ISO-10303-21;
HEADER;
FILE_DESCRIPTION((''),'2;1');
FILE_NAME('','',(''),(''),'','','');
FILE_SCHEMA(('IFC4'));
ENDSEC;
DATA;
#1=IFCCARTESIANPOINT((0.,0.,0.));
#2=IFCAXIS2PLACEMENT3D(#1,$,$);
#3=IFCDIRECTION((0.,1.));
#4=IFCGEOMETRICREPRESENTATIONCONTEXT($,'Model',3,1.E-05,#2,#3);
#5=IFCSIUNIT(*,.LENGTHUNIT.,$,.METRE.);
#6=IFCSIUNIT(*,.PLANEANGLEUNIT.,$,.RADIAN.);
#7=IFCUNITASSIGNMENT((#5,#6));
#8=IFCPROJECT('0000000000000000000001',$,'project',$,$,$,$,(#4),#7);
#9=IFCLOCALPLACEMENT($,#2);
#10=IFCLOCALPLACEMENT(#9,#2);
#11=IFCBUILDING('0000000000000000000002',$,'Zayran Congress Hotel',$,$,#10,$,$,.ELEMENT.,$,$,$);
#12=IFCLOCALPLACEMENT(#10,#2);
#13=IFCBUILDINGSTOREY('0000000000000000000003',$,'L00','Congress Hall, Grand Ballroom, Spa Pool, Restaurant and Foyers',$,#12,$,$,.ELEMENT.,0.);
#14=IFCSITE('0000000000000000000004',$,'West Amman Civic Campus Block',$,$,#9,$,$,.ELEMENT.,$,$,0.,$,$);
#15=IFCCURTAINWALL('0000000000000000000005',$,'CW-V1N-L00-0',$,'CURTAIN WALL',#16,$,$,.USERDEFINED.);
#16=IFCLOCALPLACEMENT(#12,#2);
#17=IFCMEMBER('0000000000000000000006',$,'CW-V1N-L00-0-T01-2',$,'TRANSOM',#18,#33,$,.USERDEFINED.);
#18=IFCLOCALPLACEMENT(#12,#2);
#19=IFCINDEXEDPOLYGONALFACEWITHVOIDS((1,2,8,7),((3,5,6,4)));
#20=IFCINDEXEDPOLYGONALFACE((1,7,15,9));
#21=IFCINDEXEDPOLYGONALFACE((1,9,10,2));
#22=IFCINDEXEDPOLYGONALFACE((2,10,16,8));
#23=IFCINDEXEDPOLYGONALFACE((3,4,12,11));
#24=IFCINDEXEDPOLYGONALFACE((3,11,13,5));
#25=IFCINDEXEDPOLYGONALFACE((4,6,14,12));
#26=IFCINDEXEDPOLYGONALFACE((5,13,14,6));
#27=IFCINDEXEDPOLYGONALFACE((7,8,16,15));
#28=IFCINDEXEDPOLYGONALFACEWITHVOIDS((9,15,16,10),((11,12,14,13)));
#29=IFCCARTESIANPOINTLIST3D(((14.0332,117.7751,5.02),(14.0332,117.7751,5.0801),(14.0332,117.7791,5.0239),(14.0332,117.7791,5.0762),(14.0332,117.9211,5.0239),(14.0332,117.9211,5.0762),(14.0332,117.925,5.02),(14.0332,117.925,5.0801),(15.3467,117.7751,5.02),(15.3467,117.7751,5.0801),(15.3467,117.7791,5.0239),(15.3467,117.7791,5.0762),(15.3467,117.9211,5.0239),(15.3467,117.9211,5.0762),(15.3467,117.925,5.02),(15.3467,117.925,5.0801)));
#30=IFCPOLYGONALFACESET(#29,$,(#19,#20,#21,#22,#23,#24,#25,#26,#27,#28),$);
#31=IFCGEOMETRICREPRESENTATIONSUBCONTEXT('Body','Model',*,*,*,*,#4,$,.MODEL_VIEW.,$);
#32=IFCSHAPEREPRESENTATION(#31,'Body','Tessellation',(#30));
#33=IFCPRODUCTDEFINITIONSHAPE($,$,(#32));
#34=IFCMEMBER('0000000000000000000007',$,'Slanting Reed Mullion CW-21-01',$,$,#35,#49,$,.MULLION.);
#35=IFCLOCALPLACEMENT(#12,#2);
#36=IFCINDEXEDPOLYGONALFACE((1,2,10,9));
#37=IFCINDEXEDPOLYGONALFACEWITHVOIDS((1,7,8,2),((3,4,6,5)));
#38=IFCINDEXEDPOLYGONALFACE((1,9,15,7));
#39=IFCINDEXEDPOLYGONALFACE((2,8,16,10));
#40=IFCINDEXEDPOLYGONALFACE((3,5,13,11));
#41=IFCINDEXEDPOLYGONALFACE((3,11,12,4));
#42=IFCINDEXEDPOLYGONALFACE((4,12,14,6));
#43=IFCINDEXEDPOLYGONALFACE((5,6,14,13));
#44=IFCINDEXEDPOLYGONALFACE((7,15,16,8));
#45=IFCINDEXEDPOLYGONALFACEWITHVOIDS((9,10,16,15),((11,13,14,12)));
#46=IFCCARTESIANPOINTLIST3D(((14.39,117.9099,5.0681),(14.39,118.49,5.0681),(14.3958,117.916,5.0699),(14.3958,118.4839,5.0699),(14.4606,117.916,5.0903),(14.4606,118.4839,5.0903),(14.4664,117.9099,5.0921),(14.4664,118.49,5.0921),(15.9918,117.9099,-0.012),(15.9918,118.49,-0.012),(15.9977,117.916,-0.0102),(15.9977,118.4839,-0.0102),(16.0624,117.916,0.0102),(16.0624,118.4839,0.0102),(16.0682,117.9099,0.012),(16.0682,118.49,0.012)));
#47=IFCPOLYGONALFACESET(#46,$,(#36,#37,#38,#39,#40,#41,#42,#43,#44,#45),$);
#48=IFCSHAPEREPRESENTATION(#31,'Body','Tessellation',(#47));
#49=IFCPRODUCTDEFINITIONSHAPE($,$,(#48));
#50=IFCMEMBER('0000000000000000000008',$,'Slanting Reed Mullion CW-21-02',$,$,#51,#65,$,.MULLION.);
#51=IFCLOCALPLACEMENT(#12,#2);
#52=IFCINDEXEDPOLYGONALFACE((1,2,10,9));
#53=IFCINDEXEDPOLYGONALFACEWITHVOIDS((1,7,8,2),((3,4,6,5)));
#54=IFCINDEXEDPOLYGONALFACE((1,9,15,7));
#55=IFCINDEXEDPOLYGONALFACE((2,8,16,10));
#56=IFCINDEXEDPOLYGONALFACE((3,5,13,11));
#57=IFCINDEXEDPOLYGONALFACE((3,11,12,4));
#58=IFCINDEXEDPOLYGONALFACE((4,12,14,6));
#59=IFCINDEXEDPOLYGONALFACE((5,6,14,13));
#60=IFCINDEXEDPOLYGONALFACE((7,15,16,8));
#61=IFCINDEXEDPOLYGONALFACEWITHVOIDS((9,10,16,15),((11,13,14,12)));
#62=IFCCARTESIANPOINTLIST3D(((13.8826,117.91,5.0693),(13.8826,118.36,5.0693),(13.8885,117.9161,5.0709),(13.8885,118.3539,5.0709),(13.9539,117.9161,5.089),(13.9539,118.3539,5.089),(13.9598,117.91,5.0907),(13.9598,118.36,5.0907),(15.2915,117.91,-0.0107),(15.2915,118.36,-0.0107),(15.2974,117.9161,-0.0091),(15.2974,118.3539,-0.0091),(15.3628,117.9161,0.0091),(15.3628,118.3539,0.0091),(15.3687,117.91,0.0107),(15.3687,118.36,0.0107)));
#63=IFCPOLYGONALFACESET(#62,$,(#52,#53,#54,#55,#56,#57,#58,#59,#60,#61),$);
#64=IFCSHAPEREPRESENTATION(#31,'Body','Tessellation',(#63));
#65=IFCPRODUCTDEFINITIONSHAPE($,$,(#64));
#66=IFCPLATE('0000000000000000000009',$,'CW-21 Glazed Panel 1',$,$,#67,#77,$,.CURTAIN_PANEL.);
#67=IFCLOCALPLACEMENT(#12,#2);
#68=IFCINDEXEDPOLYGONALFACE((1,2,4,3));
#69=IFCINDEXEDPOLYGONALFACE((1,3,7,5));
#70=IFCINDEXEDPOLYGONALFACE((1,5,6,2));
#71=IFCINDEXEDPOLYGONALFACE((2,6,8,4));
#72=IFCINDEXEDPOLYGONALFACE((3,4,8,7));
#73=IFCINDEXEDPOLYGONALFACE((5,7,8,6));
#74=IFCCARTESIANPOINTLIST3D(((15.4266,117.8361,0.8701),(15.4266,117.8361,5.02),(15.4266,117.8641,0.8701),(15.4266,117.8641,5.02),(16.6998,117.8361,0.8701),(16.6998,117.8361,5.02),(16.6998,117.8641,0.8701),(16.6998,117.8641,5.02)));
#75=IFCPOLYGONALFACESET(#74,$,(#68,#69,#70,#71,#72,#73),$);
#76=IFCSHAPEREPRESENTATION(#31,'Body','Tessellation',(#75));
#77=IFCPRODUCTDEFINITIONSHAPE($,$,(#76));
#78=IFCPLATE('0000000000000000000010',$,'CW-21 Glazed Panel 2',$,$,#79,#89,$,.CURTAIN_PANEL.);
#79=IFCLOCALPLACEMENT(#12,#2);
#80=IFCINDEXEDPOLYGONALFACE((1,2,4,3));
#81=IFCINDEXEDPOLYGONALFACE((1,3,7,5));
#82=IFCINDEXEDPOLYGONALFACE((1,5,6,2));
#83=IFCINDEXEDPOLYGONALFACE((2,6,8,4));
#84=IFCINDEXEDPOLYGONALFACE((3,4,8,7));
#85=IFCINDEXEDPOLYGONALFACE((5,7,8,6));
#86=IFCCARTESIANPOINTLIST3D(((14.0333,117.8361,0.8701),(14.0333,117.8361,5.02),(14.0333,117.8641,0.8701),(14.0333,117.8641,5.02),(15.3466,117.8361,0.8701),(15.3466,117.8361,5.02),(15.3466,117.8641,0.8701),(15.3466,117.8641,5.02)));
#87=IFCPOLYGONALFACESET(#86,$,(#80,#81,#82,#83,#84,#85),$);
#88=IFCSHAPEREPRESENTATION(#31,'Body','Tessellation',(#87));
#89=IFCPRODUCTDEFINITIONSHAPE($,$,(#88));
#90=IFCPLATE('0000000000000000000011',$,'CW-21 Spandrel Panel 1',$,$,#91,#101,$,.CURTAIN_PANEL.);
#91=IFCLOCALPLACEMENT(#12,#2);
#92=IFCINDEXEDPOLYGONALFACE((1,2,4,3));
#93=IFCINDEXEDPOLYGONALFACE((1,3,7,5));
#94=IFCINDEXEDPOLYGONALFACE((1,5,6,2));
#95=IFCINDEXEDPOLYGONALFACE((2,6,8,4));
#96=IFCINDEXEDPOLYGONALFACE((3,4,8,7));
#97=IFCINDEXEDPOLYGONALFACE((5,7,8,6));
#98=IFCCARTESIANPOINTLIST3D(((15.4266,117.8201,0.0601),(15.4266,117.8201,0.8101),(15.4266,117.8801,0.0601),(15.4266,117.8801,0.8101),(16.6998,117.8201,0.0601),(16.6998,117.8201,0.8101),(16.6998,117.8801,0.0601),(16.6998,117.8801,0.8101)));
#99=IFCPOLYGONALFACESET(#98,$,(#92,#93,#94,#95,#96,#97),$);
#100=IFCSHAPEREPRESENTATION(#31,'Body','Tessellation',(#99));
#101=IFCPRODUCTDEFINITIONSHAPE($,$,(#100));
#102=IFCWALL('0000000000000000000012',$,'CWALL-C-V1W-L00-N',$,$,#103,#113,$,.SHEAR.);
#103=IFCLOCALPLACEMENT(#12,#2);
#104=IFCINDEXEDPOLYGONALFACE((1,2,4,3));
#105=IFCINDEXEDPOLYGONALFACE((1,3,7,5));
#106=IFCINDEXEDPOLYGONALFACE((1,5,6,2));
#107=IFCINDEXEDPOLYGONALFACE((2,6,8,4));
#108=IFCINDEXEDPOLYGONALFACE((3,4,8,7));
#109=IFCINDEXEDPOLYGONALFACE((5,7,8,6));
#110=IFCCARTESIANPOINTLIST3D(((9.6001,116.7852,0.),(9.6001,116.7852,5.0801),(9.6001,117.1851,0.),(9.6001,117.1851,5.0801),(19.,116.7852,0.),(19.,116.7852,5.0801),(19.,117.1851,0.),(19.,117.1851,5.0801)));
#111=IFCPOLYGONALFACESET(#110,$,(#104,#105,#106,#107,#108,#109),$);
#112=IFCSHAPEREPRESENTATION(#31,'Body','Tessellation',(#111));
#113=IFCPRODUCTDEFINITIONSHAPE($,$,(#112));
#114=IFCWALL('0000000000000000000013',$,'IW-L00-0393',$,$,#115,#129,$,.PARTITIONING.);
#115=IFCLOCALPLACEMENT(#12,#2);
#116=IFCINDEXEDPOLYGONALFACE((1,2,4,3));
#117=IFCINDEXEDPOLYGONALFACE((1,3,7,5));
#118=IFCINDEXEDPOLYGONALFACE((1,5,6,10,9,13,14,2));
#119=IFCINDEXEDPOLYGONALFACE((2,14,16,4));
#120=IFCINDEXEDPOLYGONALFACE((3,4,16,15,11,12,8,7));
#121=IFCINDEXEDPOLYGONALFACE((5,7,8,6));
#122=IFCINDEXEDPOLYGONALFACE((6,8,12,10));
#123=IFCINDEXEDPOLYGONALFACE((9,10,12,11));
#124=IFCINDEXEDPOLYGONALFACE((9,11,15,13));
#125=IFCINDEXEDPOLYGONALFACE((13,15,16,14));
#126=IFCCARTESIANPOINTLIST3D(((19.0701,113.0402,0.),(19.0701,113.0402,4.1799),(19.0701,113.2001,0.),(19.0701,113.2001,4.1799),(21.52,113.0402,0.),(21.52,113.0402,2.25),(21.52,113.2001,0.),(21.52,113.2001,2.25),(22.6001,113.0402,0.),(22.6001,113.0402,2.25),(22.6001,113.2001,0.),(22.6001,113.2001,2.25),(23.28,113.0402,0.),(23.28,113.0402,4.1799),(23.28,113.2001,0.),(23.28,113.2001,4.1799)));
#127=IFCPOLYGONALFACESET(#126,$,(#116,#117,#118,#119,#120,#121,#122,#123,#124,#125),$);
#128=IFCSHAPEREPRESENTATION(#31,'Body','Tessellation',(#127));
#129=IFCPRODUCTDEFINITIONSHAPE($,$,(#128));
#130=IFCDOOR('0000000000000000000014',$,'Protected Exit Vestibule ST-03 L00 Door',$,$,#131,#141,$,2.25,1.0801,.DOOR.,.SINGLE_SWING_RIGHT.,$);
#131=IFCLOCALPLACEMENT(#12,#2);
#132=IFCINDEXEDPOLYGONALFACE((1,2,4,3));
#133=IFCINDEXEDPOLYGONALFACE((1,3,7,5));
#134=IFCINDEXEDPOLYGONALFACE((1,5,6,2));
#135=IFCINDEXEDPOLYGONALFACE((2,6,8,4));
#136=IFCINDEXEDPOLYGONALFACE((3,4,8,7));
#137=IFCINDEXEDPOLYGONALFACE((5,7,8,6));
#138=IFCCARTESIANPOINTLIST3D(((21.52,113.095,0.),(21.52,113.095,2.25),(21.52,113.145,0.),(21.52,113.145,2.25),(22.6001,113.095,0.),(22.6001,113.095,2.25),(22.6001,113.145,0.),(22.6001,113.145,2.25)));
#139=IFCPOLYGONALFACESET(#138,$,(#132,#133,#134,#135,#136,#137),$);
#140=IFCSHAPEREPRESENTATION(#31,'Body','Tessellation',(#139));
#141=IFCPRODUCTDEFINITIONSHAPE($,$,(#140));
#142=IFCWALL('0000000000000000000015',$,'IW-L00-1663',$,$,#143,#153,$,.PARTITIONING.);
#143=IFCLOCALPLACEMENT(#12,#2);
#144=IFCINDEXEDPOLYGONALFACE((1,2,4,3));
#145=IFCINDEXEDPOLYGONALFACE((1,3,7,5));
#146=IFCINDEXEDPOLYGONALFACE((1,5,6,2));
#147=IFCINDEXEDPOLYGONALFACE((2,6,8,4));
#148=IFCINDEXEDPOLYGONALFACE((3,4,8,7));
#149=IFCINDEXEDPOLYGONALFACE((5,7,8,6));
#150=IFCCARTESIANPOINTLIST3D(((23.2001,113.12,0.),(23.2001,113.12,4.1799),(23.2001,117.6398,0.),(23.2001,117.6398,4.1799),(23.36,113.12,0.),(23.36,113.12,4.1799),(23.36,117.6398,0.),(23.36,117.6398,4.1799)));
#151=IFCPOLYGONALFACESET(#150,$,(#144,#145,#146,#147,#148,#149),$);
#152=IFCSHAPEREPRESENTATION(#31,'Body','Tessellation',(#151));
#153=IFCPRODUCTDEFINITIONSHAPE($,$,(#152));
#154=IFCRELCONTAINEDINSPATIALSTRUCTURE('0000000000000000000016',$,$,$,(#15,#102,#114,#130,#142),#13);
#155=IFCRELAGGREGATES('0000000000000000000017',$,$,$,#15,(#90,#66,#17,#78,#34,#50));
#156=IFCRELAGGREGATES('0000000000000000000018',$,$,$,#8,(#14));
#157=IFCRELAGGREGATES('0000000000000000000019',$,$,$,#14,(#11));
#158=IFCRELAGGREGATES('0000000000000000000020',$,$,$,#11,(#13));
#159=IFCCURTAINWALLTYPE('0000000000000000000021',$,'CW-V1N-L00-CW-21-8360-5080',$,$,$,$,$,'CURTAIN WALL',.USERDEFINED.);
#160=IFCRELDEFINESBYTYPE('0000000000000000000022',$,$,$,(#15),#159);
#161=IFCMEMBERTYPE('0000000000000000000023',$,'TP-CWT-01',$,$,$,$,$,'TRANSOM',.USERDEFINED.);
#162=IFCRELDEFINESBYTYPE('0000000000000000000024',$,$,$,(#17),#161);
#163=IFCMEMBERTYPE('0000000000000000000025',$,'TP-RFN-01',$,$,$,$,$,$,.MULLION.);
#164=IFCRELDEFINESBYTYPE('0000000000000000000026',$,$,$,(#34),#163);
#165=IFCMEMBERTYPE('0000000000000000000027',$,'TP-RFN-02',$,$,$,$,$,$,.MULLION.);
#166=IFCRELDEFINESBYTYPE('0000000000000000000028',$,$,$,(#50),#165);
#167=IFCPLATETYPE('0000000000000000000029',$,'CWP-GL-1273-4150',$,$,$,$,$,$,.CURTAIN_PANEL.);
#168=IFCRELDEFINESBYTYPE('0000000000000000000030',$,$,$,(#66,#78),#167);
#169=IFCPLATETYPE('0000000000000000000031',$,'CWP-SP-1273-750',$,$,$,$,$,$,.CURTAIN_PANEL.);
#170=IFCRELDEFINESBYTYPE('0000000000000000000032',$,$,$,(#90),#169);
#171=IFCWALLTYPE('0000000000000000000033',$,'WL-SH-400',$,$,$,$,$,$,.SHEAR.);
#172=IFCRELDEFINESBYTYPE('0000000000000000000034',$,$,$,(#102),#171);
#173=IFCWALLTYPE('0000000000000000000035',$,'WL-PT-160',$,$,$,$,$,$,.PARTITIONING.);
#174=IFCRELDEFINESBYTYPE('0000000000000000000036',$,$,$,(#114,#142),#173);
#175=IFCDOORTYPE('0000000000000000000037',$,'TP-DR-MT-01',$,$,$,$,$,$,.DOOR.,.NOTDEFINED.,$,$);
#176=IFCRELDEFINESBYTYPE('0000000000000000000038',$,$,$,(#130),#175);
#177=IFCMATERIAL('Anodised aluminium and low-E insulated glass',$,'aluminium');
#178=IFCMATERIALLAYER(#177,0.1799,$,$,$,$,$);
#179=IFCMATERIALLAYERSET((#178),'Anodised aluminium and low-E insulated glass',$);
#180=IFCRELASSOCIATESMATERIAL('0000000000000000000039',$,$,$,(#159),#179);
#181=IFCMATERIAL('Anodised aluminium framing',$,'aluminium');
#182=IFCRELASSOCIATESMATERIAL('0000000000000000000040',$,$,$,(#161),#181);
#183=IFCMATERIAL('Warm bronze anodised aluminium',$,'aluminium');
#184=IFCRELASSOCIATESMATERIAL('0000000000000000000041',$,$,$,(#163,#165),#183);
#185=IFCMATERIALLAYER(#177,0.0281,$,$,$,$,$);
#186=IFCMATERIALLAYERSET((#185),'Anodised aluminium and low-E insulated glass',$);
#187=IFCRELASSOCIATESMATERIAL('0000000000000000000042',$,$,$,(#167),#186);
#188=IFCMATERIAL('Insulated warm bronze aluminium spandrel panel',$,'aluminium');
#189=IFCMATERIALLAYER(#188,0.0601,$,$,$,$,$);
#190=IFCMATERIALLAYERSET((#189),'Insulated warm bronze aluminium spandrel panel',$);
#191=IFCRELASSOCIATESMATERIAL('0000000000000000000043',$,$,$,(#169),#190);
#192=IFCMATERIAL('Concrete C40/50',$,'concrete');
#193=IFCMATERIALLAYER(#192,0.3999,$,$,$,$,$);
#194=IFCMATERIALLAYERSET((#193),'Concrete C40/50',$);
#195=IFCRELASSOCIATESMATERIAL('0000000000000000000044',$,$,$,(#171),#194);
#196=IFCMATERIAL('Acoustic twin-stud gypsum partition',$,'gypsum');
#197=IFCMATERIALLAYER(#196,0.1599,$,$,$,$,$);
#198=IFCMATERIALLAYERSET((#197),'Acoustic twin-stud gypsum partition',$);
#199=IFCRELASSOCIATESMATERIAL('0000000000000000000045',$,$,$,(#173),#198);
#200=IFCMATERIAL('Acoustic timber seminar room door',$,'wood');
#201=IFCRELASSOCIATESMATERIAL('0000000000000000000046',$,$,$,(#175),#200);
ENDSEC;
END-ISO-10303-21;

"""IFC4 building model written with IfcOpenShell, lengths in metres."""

from ifc_helpers import new_model, si_unit, direction, frame, frame_2d, origin, origin_2d, place, context, subcontext, project, spatial, rectangle, hollow_rectangle, extrude, material, layer, layer_set, material_profile, profile_set, type_object, element, fill, aggregate, save


model = new_model("IFC4")

# Units and contexts
model_context = context("Model", 3, precision=1e-05, world=origin(), true_north=direction((0.0, 1.0)))
body_context = subcontext(model_context, "Body", "Model", "MODEL_VIEW")
ifc_project = project(units=[si_unit("LENGTHUNIT", "METRE"), si_unit("PLANEANGLEUNIT", "RADIAN")], contexts=[model_context])

# Site, building, storey
site_placement = place(None, origin())
site = spatial("IfcSite", under=ifc_project, at=site_placement, Name="West Amman Civic Campus Block", CompositionType="ELEMENT", RefElevation=0.0)
building_placement = place(site_placement, origin())
building = spatial("IfcBuilding", under=site, at=building_placement, Name="Zayran Congress Hotel", CompositionType="ELEMENT")
storey_placement = place(building_placement, origin())
storey = spatial("IfcBuildingStorey", under=building, at=storey_placement, Name="L00", Description="Congress Hall, Grand Ballroom, Spa Pool, Restaurant and Foyers", CompositionType="ELEMENT", Elevation=0.0)

# Shared definitions
ifc_material_1 = material(Name="Concrete C40/50", Category="concrete")

# Curtain wall, members, plates
ifc_material_2 = material(Name="Anodised aluminium and low-E insulated glass", Category="aluminium")
ifc_layer_1 = layer(ifc_material_2, 0.1799)
ifc_layer_set_1 = layer_set([ifc_layer_1], Name="Anodised aluminium and low-E insulated glass")
curtain_wall_type = type_object("IfcCurtainWallType", Name="CW-V1N-L00-CW-21-8360-5080", ElementType="CURTAIN WALL", PredefinedType="USERDEFINED", material=ifc_layer_set_1)
curtain_wall_placement = place(storey_placement, origin())
curtain_wall = element("IfcCurtainWall", 1, at=curtain_wall_placement, inside=storey, type_object=curtain_wall_type, Name="CW-V1N-L00-0", ObjectType="CURTAIN WALL", PredefinedType="USERDEFINED")
ifc_material_3 = material(Name="Anodised aluminium framing", Category="aluminium")
ifc_material_profile_1 = material_profile(ifc_material_3, hollow_rectangle(XDim=0.0601, YDim=0.1499, WallThickness=0.0039, at=origin_2d()), Name="RHS 150x60x4")
ifc_profile_set_1 = profile_set([ifc_material_profile_1], Name="Anodised aluminium framing")
member_type_1 = type_object("IfcMemberType", Name="TP-CWT-01", ElementType="TRANSOM", PredefinedType="USERDEFINED", material=ifc_profile_set_1)
member_1_placement = place(storey_placement, frame((15.3467, 117.8501, 5.05), z_axis=(-1.0, 0.0, 0.0), x_axis=(0.0, 0.0, 1.0)))
member_1 = element("IfcMember", 2, at=member_1_placement, type_object=member_type_1, Name="CW-V1N-L00-0-T01-2", ObjectType="TRANSOM", PredefinedType="USERDEFINED", context=body_context, shape_type="SweptSolid", body=[
    extrude(hollow_rectangle(XDim=0.0601, YDim=0.1499, WallThickness=0.0039, at=origin_2d()), origin(), (0.0, 0.0, 1.0), 1.3135),
])
ifc_material_4 = material(Name="Warm bronze anodised aluminium", Category="aluminium")
ifc_material_profile_2 = material_profile(ifc_material_4, hollow_rectangle(XDim=0.0801, YDim=0.5801, WallThickness=0.0061, at=origin_2d()), Name="RHS 580x80x6")
ifc_profile_set_2 = profile_set([ifc_material_profile_2], Name="Warm bronze anodised aluminium")
member_type_2 = type_object("IfcMemberType", Name="TP-RFN-01", PredefinedType="MULLION", material=ifc_profile_set_2)
member_2_placement = place(storey_placement, frame((16.03, 118.2, 0.0), z_axis=(-0.300717, 0.0, 0.953713), x_axis=(0.953713, 0.0, 0.300717)))
member_2 = element("IfcMember", 3, at=member_2_placement, type_object=member_type_2, Name="Slanting Reed Mullion CW-21-01", PredefinedType="MULLION", context=body_context, shape_type="SweptSolid", body=[
    extrude(hollow_rectangle(XDim=0.0801, YDim=0.5801, WallThickness=0.0061, at=origin_2d()), origin(), (0.0, 0.0, 1.0), 5.3267),
])
ifc_material_profile_3 = material_profile(ifc_material_4, hollow_rectangle(XDim=0.0801, YDim=0.45, WallThickness=0.0061, at=origin_2d()), Name="RHS 450x80x6")
ifc_profile_set_3 = profile_set([ifc_material_profile_3], Name="Warm bronze anodised aluminium")
member_type_3 = type_object("IfcMemberType", Name="TP-RFN-02", PredefinedType="MULLION", material=ifc_profile_set_3)
member_3_placement = place(storey_placement, frame((15.3301, 118.135, 0.0), z_axis=(-0.267257, 0.0, 0.963625), x_axis=(0.963625, 0.0, 0.267257)))
member_3 = element("IfcMember", 4, at=member_3_placement, type_object=member_type_3, Name="Slanting Reed Mullion CW-21-02", PredefinedType="MULLION", context=body_context, shape_type="SweptSolid", body=[
    extrude(hollow_rectangle(XDim=0.0801, YDim=0.45, WallThickness=0.0061, at=origin_2d()), origin(), (0.0, 0.0, 1.0), 5.2717),
])
ifc_layer_2 = layer(ifc_material_2, 0.0281)
ifc_layer_set_2 = layer_set([ifc_layer_2], Name="Anodised aluminium and low-E insulated glass")
plate_type_1 = type_object("IfcPlateType", Name="CWP-GL-1273-4150", PredefinedType="CURTAIN_PANEL", material=ifc_layer_set_2)
plate_1_placement = place(storey_placement, frame((16.0632, 117.8501, 0.8701), z_axis=(0.0, 0.0, 1.0), x_axis=(1.0, 0.0, 0.0)))
plate_1 = element("IfcPlate", 5, at=plate_1_placement, type_object=plate_type_1, Name="CW-21 Glazed Panel 1", PredefinedType="CURTAIN_PANEL", context=body_context, shape_type="SweptSolid", body=[
    extrude(rectangle(XDim=1.2732, YDim=0.0281, at=origin_2d()), origin(), (0.0, 0.0, 1.0), 4.1499),
])
plate_2_placement = place(storey_placement, frame((14.6899, 117.8501, 0.8701), z_axis=(0.0, 0.0, 1.0), x_axis=(1.0, 0.0, 0.0)))
plate_2 = element("IfcPlate", 6, at=plate_2_placement, type_object=plate_type_1, Name="CW-21 Glazed Panel 2", PredefinedType="CURTAIN_PANEL", context=body_context, shape_type="SweptSolid", body=[
    extrude(rectangle(XDim=1.3132, YDim=0.0281, at=origin_2d()), origin(), (0.0, 0.0, 1.0), 4.1499),
])
ifc_material_5 = material(Name="Insulated warm bronze aluminium spandrel panel", Category="aluminium")
ifc_layer_3 = layer(ifc_material_5, 0.0601)
ifc_layer_set_3 = layer_set([ifc_layer_3], Name="Insulated warm bronze aluminium spandrel panel")
plate_type_2 = type_object("IfcPlateType", Name="CWP-SP-1273-750", PredefinedType="CURTAIN_PANEL", material=ifc_layer_set_3)
plate_3_placement = place(storey_placement, frame((16.0632, 117.8501, 0.0601), z_axis=(0.0, 0.0, 1.0), x_axis=(1.0, 0.0, 0.0)))
plate_3 = element("IfcPlate", 7, at=plate_3_placement, type_object=plate_type_2, Name="CW-21 Spandrel Panel 1", PredefinedType="CURTAIN_PANEL", context=body_context, shape_type="SweptSolid", body=[
    extrude(rectangle(XDim=1.2732, YDim=0.0601, at=origin_2d()), origin(), (0.0, 0.0, 1.0), 0.75),
])
aggregate(curtain_wall, [plate_3, plate_1, member_1, plate_2, member_2, member_3])

# Wall
ifc_layer_4 = layer(ifc_material_1, 0.3999)
ifc_layer_set_4 = layer_set([ifc_layer_4], Name="Concrete C40/50")
wall_type_1 = type_object("IfcWallType", Name="WL-SH-400", PredefinedType="SHEAR", material=ifc_layer_set_4)
wall_1_placement = place(storey_placement, frame((19.0, 116.9851, 0.0), z_axis=(0.0, 0.0, 1.0), x_axis=(-1.0, 0.0, 0.0)))
element("IfcWall", 8, at=wall_1_placement, inside=storey, type_object=wall_type_1, Name="CWALL-C-V1W-L00-N", PredefinedType="SHEAR", context=body_context, shape_type="SweptSolid", body=[
    extrude(rectangle(XDim=9.3999, YDim=0.3999, at=frame_2d((4.7, 0.0))), origin(), (0.0, 0.0, 1.0), 5.0801),
])

# Wall, opening, door
ifc_material_6 = material(Name="Acoustic twin-stud gypsum partition", Category="gypsum")
ifc_layer_5 = layer(ifc_material_6, 0.1599)
ifc_layer_set_5 = layer_set([ifc_layer_5], Name="Acoustic twin-stud gypsum partition")
wall_type_2 = type_object("IfcWallType", Name="WL-PT-160", PredefinedType="PARTITIONING", material=ifc_layer_set_5)
wall_2_placement = place(storey_placement, frame((19.0701, 113.1201, 0.0), z_axis=(0.0, 0.0, 1.0), x_axis=(1.0, 0.0, 0.0)))
wall_2 = element("IfcWall", 9, at=wall_2_placement, inside=storey, type_object=wall_type_2, Name="IW-L00-0393", PredefinedType="PARTITIONING", context=body_context, shape_type="SweptSolid", body=[
    extrude(rectangle(XDim=4.21, YDim=0.1599, at=frame_2d((2.105, 0.0))), origin(), (0.0, 0.0, 1.0), 4.1799),
])
opening_1_placement = place(wall_2_placement, frame((2.45, 0.0, 0.0)))
opening_1 = element("IfcOpeningElement", 10, at=opening_1_placement, cuts=wall_2, PredefinedType="OPENING", context=body_context, shape_type="SweptSolid", body=[
    extrude(rectangle(XDim=1.0801, YDim=2.25, at=frame_2d((0.54, 1.125))), frame((0.0, 0.0898, 0.0), z_axis=(0.0, -1.0, 0.0), x_axis=(1.0, 0.0, 0.0)), (0.0, 0.0, 1.0), 0.1799),
])
ifc_material_7 = material(Name="Acoustic timber seminar room door", Category="wood")
door_type_1 = type_object("IfcDoorType", Name="TP-DR-MT-01", OperationType="NOTDEFINED", PredefinedType="DOOR", material=ifc_material_7)
door_1_placement = place(opening_1_placement, origin())
door_1 = element("IfcDoor", 11, at=door_1_placement, inside=storey, type_object=door_type_1, Name="Protected Exit Vestibule ST-03 L00 Door", OperationType="SINGLE_SWING_RIGHT", OverallHeight=2.25, OverallWidth=1.0801, PredefinedType="DOOR", context=body_context, shape_type="SweptSolid", body=[
    extrude(rectangle(XDim=1.0801, YDim=2.25, at=frame_2d((0.54, 1.125))), frame((0.0, 0.0249, 0.0), z_axis=(0.0, -1.0, 0.0), x_axis=(1.0, 0.0, 0.0)), (0.0, 0.0, 1.0), 0.05),
])
fill(opening_1, door_1)

# Wall
wall_3_placement = place(storey_placement, frame((23.28, 113.1201, 0.0), z_axis=(0.0, 0.0, 1.0), x_axis=(0.0, 1.0, 0.0)))
element("IfcWall", 12, at=wall_3_placement, inside=storey, type_object=wall_type_2, Name="IW-L00-1663", PredefinedType="PARTITIONING", context=body_context, shape_type="SweptSolid", body=[
    extrude(rectangle(XDim=4.5198, YDim=0.1599, at=frame_2d((2.2598, 0.0))), origin(), (0.0, 0.0, 1.0), 4.1799),
])

save(model, "model.ifc")
